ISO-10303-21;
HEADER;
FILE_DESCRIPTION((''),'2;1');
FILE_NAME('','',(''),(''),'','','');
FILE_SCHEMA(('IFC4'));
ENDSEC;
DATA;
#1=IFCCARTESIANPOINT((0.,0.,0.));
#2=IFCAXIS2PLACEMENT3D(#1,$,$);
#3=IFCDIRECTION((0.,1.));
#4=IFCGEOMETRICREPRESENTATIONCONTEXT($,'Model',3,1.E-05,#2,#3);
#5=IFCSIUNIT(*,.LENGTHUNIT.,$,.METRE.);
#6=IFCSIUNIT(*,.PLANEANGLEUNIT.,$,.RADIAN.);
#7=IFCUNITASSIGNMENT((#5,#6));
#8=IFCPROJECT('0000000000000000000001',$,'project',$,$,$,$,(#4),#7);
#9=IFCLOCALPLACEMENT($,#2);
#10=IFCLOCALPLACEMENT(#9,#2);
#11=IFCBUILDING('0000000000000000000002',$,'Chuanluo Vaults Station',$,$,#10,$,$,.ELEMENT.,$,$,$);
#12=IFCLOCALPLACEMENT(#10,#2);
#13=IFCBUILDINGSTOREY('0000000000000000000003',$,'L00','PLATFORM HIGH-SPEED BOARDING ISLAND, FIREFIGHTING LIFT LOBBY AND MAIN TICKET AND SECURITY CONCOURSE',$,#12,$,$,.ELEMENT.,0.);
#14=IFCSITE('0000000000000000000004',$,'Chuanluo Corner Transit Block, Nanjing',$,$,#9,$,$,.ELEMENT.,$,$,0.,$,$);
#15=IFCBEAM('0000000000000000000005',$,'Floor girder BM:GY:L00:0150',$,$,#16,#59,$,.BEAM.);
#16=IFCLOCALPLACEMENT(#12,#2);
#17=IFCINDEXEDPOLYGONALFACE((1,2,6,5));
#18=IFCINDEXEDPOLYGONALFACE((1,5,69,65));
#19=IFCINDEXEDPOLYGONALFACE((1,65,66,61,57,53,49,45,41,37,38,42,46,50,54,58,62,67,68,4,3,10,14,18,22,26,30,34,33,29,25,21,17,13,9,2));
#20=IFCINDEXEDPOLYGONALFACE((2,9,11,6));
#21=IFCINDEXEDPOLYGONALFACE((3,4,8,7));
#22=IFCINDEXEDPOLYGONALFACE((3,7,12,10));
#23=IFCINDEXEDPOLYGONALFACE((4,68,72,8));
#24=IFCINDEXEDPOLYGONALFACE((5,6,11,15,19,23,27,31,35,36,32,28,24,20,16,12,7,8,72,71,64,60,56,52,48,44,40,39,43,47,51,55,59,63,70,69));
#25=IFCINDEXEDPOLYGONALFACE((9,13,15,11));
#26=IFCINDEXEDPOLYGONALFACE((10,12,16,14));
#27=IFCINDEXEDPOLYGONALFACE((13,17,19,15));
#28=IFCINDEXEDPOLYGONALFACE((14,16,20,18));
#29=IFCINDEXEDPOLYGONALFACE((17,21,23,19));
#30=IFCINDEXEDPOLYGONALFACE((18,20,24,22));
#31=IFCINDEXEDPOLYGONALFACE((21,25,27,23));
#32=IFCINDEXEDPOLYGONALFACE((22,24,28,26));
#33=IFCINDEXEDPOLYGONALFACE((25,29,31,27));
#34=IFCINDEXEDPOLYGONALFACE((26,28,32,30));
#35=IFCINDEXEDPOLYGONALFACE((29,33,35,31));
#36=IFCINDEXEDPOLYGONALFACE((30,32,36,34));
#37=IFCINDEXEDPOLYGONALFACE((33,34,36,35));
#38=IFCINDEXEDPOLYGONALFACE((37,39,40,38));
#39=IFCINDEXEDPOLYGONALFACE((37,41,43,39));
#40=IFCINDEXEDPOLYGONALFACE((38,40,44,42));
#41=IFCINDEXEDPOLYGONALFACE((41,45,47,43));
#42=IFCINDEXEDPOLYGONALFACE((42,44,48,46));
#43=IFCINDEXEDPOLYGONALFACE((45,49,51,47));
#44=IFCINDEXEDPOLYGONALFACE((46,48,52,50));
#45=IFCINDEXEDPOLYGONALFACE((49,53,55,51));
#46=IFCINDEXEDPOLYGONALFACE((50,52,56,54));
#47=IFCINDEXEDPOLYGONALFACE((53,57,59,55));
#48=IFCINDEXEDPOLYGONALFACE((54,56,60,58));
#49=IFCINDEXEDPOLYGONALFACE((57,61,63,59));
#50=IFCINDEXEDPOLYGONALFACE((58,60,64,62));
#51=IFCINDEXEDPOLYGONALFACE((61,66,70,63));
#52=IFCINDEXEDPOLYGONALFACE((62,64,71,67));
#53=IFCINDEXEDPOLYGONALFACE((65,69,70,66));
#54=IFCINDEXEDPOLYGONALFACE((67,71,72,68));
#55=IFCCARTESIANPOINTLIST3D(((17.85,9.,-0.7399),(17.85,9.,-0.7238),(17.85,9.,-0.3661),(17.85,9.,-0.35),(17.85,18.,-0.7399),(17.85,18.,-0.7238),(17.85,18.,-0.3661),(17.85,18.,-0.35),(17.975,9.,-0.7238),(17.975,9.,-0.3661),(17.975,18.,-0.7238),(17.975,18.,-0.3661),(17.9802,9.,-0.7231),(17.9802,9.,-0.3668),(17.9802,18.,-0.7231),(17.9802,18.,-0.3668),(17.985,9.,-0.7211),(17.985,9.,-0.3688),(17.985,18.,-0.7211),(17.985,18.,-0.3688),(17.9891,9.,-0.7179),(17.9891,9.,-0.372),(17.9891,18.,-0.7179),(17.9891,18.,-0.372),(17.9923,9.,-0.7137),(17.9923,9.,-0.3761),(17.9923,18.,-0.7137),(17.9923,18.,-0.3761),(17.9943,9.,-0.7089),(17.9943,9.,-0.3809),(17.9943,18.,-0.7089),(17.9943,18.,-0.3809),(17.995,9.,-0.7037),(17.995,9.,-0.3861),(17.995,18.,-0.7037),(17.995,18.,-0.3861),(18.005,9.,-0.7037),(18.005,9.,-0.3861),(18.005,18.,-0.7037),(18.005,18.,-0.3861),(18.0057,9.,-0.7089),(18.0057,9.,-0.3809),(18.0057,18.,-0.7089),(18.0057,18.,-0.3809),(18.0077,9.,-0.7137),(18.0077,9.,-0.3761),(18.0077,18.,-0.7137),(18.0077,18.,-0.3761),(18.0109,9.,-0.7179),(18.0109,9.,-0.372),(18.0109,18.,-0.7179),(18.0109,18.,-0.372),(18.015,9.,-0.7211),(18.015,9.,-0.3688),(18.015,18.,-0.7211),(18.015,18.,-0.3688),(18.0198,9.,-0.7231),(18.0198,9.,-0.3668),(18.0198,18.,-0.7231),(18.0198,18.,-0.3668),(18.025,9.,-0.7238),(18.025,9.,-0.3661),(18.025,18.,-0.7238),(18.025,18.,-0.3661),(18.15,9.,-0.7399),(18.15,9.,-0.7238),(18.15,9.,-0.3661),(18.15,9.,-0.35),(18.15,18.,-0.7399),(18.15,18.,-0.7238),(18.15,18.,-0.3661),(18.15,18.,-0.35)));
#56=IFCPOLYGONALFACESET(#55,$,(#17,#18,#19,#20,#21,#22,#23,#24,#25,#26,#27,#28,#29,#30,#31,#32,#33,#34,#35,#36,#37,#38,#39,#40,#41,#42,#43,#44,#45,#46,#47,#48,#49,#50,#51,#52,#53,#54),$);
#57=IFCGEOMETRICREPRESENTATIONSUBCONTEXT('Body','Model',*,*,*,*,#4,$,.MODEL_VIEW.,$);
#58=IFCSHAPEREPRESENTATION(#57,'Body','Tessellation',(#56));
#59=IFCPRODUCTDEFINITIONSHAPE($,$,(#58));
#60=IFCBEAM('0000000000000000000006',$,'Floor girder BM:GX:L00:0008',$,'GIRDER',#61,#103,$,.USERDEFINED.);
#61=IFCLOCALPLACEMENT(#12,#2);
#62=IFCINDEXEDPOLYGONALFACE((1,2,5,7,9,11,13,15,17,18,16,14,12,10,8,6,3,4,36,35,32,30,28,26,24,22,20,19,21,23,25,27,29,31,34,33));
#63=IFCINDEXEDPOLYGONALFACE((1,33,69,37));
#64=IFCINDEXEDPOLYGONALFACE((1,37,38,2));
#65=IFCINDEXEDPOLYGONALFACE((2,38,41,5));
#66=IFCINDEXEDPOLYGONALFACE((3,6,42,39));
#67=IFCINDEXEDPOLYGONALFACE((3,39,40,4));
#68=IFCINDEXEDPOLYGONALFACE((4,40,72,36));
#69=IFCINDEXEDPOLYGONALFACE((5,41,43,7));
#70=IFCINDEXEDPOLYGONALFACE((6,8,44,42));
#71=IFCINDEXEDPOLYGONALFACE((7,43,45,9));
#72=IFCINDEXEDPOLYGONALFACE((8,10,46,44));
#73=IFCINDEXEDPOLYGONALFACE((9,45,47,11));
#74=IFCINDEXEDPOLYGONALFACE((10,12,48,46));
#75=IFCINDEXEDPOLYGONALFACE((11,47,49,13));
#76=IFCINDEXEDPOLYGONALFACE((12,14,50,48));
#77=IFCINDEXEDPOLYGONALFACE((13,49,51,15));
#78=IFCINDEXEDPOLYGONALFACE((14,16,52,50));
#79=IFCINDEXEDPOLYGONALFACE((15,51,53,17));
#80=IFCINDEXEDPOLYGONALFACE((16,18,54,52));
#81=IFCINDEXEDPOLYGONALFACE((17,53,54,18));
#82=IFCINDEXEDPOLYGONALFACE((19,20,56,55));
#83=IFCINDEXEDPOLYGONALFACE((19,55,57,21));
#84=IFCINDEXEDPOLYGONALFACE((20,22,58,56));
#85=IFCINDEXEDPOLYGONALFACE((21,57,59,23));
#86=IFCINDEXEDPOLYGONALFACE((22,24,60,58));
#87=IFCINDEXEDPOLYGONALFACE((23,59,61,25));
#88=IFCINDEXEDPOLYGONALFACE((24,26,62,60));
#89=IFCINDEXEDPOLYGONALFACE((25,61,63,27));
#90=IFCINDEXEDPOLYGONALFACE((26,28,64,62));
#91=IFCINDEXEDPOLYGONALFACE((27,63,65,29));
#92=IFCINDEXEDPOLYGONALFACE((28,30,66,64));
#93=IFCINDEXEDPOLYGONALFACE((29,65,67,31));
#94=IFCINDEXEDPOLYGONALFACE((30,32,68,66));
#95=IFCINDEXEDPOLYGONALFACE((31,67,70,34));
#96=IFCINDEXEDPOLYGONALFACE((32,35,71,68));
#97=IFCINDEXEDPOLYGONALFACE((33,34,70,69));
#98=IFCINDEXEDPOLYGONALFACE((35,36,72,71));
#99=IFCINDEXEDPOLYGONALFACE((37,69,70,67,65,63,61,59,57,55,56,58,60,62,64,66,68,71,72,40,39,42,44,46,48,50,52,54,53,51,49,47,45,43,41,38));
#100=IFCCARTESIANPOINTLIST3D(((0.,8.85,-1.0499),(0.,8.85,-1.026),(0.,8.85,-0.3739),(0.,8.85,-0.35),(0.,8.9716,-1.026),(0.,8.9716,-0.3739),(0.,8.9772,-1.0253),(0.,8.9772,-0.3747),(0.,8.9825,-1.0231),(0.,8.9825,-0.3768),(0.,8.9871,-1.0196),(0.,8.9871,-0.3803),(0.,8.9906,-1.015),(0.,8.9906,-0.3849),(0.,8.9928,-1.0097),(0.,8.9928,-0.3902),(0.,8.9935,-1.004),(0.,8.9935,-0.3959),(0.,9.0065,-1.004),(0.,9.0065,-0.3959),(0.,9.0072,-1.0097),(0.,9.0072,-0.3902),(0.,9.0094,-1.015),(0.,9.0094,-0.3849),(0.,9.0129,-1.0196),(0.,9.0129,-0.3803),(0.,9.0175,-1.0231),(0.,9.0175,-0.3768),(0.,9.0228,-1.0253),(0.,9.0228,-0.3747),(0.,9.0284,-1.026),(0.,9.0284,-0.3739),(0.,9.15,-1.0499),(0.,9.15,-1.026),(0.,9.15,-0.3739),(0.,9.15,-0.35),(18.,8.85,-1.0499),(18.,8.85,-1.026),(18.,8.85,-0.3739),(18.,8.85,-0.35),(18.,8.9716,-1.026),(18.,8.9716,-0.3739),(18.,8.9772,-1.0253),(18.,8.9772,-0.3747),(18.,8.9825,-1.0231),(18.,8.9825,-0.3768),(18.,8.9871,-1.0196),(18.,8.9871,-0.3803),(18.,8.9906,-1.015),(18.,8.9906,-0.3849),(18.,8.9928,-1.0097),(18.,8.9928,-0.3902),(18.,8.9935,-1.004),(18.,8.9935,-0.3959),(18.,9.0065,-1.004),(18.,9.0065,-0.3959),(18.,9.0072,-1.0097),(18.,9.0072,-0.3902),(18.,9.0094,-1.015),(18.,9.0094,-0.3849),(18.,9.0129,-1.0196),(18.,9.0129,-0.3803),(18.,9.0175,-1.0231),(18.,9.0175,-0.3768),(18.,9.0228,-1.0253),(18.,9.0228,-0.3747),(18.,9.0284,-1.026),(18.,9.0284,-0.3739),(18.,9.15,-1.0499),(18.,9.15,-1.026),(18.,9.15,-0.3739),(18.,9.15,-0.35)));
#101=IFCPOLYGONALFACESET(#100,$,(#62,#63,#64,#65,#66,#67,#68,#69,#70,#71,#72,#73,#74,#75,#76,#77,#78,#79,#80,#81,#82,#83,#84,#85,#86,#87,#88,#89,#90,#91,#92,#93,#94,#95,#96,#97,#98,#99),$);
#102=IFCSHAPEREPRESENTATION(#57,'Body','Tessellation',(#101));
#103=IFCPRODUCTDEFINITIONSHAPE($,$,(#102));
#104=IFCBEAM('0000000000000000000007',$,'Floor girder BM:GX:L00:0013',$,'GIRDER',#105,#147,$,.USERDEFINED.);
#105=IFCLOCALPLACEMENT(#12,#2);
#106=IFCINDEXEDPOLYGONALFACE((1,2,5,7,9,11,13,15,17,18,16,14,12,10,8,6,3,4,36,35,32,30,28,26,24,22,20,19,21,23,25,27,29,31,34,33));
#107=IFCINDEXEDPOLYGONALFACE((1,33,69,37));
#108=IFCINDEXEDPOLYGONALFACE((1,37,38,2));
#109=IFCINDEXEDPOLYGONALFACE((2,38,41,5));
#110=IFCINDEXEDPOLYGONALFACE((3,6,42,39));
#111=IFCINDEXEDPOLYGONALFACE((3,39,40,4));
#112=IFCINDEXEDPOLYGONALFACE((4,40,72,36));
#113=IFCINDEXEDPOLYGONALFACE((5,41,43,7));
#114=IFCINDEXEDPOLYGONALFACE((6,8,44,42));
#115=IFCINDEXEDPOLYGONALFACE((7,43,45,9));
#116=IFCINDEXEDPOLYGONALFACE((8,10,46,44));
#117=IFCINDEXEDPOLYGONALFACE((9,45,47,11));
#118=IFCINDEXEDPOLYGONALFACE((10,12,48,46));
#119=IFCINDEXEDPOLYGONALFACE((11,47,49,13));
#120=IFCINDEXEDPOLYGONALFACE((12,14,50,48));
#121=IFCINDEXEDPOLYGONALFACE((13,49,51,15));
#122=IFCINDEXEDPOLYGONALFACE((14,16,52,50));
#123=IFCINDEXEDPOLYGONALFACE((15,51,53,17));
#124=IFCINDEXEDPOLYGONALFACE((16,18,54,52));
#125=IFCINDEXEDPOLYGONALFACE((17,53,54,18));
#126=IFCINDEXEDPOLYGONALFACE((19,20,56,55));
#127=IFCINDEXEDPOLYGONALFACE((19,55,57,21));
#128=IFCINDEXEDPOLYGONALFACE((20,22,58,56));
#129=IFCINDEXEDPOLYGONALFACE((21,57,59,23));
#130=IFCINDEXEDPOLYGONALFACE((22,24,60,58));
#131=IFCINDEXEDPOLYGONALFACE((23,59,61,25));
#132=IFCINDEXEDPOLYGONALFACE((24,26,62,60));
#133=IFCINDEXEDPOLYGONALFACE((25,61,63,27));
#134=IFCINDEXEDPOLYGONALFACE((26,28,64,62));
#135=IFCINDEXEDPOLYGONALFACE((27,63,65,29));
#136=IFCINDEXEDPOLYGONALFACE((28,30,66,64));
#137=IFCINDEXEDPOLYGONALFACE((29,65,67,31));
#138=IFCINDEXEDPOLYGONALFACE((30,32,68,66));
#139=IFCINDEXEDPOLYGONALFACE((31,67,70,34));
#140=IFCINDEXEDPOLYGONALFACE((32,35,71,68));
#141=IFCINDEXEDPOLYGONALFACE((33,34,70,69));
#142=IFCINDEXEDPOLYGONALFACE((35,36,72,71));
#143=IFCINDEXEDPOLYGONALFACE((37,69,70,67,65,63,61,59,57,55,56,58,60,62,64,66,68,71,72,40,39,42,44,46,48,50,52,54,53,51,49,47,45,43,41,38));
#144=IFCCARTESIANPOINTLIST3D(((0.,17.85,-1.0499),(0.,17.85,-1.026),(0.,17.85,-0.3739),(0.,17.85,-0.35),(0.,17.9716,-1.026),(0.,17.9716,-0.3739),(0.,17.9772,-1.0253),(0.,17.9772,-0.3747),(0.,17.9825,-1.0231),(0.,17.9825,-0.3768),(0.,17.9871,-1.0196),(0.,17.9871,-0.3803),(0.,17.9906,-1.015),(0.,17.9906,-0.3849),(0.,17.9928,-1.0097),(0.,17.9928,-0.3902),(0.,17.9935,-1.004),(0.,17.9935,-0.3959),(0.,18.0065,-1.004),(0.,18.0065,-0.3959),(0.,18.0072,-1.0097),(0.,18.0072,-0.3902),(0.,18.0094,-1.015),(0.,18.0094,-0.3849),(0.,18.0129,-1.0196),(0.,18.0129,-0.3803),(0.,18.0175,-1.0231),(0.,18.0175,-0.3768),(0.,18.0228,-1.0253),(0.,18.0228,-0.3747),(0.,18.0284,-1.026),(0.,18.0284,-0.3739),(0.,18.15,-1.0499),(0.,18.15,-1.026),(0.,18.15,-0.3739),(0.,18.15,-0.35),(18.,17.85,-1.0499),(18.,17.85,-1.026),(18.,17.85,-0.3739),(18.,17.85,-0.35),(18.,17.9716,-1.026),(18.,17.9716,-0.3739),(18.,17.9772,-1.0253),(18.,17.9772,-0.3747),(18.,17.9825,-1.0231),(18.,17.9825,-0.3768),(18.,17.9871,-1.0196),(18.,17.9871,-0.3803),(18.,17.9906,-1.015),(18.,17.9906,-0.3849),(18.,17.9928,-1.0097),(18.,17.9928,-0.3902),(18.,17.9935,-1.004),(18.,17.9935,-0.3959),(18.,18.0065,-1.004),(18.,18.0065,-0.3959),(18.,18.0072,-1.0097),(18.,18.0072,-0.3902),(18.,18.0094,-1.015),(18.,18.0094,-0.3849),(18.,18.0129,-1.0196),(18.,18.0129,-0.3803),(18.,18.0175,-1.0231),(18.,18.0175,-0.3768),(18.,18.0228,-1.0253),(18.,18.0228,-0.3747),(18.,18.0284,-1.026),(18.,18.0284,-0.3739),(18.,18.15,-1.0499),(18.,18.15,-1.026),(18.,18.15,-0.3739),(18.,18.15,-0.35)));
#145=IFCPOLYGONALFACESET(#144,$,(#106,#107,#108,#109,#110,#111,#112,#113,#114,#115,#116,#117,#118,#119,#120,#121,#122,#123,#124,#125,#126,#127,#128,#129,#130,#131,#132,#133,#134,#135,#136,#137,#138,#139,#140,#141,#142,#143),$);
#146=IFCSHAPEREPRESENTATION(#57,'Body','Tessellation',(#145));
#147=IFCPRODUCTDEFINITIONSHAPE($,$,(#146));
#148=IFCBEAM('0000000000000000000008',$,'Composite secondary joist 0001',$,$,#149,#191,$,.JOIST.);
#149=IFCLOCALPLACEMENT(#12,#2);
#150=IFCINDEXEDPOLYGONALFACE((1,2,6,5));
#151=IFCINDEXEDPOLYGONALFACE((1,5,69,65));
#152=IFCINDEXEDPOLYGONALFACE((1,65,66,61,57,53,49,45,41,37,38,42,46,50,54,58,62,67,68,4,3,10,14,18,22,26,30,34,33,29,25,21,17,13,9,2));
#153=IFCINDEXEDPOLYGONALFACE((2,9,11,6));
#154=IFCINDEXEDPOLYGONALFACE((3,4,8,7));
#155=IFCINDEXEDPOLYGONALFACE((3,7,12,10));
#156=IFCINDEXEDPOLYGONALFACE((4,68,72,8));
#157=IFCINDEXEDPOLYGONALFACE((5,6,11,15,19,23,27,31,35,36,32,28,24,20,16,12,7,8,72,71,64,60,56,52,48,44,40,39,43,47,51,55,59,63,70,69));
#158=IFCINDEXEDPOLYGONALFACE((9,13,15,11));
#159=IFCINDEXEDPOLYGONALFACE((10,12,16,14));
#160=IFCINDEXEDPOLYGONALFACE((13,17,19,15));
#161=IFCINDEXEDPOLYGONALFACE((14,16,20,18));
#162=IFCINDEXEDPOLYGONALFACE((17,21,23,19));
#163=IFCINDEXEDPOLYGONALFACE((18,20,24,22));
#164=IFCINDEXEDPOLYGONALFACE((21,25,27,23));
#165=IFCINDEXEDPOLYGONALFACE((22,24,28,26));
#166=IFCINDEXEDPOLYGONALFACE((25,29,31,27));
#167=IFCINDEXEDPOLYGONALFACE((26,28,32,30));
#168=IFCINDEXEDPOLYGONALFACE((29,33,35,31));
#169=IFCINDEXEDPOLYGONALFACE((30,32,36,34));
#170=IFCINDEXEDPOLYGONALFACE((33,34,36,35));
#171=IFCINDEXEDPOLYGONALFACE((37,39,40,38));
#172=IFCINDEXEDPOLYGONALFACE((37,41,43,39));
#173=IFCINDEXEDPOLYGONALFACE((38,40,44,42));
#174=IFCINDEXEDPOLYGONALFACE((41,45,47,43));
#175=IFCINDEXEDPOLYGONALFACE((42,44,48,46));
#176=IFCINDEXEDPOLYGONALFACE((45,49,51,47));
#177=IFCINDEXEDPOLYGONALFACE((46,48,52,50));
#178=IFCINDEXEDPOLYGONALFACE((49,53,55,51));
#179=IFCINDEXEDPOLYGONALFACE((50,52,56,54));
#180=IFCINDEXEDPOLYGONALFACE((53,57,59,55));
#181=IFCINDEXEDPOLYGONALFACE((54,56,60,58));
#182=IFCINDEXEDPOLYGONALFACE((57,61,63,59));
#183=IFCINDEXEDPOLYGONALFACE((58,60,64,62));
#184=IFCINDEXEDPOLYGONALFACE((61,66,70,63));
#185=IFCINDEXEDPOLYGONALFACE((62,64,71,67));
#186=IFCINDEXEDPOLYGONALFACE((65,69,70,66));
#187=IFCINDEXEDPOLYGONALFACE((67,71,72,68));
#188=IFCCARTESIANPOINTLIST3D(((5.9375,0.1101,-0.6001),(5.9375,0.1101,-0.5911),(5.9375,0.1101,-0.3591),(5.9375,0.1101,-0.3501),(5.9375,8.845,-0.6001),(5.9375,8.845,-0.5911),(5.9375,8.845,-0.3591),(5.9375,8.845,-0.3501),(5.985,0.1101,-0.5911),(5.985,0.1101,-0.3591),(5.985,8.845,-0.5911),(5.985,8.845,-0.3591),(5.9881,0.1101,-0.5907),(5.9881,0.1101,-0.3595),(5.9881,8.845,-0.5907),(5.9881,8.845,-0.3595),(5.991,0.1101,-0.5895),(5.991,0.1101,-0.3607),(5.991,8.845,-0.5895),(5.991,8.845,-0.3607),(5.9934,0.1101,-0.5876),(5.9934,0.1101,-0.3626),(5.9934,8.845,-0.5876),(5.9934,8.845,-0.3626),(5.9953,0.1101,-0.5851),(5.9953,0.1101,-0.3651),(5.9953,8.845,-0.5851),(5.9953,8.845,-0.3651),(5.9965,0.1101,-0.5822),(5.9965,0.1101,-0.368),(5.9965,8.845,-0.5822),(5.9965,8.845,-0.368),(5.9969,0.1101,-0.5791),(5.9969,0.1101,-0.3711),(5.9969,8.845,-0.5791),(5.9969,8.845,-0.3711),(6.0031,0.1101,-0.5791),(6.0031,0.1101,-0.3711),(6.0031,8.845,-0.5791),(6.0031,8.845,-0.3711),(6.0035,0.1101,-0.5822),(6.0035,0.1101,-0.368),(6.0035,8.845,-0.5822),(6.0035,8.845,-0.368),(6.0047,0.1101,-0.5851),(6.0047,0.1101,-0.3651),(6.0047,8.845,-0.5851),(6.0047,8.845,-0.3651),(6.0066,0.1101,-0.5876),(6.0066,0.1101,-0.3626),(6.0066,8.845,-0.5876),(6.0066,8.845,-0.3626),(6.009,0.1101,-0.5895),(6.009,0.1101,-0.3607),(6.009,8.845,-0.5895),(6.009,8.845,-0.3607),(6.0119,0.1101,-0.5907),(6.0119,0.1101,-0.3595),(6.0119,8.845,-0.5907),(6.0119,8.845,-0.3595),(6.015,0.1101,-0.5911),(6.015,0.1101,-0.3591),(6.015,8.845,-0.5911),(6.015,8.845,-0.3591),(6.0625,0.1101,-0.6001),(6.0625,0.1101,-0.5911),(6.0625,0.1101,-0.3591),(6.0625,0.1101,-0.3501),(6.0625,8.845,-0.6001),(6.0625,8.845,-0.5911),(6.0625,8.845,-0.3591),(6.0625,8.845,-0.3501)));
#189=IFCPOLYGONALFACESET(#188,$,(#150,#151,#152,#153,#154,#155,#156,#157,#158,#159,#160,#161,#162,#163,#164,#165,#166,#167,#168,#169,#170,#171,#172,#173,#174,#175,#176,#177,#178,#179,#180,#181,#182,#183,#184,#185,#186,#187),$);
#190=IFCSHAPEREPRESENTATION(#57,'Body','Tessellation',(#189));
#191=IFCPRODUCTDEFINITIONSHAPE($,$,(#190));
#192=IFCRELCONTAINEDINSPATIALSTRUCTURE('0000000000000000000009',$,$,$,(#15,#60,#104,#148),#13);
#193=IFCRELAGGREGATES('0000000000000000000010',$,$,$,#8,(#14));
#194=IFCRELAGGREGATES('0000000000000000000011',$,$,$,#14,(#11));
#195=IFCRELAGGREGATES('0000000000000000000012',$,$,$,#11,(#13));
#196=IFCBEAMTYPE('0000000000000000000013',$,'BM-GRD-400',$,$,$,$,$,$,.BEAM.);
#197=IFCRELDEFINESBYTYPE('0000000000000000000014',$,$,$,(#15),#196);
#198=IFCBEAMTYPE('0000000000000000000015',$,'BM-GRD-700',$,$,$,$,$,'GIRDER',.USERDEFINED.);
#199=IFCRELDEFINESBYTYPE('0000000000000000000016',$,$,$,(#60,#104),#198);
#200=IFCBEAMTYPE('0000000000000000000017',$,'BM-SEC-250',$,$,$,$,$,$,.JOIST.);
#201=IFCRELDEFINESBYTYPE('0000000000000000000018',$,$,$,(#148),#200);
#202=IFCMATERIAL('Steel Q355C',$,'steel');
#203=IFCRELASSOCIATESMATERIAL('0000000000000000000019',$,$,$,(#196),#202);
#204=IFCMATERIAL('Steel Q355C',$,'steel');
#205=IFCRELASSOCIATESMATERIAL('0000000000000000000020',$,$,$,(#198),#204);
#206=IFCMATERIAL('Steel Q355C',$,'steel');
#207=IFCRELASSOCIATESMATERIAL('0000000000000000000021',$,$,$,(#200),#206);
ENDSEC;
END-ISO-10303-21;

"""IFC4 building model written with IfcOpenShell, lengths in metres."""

from ifc_helpers import new_model, si_unit, direction, frame, origin, origin_2d, place, context, subcontext, project, spatial, i_section, extrude, material, material_profile, profile_set, type_object, element, save


model = new_model("IFC4")

# Units and contexts
model_context = context("Model", 3, precision=1e-05, world=origin(), true_north=direction((0.0, 1.0)))
body_context = subcontext(model_context, "Body", "Model", "MODEL_VIEW")
ifc_project = project(units=[si_unit("LENGTHUNIT", "METRE"), si_unit("PLANEANGLEUNIT", "RADIAN")], contexts=[model_context])

# Site, building, storey
site_placement = place(None, origin())
site = spatial("IfcSite", under=ifc_project, at=site_placement, Name="Chuanluo Corner Transit Block, Nanjing", CompositionType="ELEMENT", RefElevation=0.0)
building_placement = place(site_placement, origin())
building = spatial("IfcBuilding", under=site, at=building_placement, Name="Chuanluo Vaults Station", CompositionType="ELEMENT")
storey_placement = place(building_placement, origin())
storey = spatial("IfcBuildingStorey", under=building, at=storey_placement, Name="L00", Description="PLATFORM HIGH-SPEED BOARDING ISLAND, FIREFIGHTING LIFT LOBBY AND MAIN TICKET AND SECURITY CONCOURSE", CompositionType="ELEMENT", Elevation=0.0)

# Beams
ifc_material_1 = material(Name="Steel Q355C", Category="steel")
ifc_material_profile_1 = material_profile(ifc_material_1, i_section(OverallWidth=0.3, OverallDepth=0.3899, WebThickness=0.01, FlangeThickness=0.0161, FilletRadius=0.02, at=origin_2d()))
ifc_profile_set_1 = profile_set([ifc_material_profile_1], Name="Steel Q355C")
beam_type_1 = type_object("IfcBeamType", Name="BM-GRD-400", PredefinedType="BEAM", material=ifc_profile_set_1)
for number, where, z_axis, x_axis, name in (
    (1, (18.0, 9.0, -0.5449), (0.0, 1.0, 0.0), (-1.0, 0.0, 0.0), "Floor girder BM:GY:L00:0150"),
):
    element("IfcBeam", number, at=place(storey_placement, frame(where, z_axis=z_axis, x_axis=x_axis)), inside=storey, type_object=beam_type_1, Name=name, PredefinedType="BEAM", context=body_context, shape_type="SweptSolid", body=[
        extrude(i_section(OverallWidth=0.3, OverallDepth=0.3899, WebThickness=0.01, FlangeThickness=0.0161, FilletRadius=0.02, at=origin_2d()), origin(), (0.0, 0.0, 1.0), 9.0),
    ])
ifc_material_2 = material(Name="Steel Q355C", Category="steel")
ifc_material_profile_2 = material_profile(ifc_material_2, i_section(OverallWidth=0.3, OverallDepth=0.7, WebThickness=0.0129, FlangeThickness=0.0239, FilletRadius=0.022, at=origin_2d()))
ifc_profile_set_2 = profile_set([ifc_material_profile_2], Name="Steel Q355C")
beam_type_2 = type_object("IfcBeamType", Name="BM-GRD-700", ElementType="GIRDER", PredefinedType="USERDEFINED", material=ifc_profile_set_2)
for number, where, z_axis, x_axis, name in (
    (2, (0.0, 9.0, -0.7), (1.0, 0.0, 0.0), (0.0, 1.0, 0.0), "Floor girder BM:GX:L00:0008"),
    (3, (0.0, 18.0, -0.7), (1.0, 0.0, 0.0), (0.0, 1.0, 0.0), "Floor girder BM:GX:L00:0013"),
):
    element("IfcBeam", number, at=place(storey_placement, frame(where, z_axis=z_axis, x_axis=x_axis)), inside=storey, type_object=beam_type_2, Name=name, ObjectType="GIRDER", PredefinedType="USERDEFINED", context=body_context, shape_type="SweptSolid", body=[
        extrude(i_section(OverallWidth=0.3, OverallDepth=0.7, WebThickness=0.0129, FlangeThickness=0.0239, FilletRadius=0.022, at=origin_2d()), origin(), (0.0, 0.0, 1.0), 18.0),
    ])
ifc_material_3 = material(Name="Steel Q355C", Category="steel")
ifc_material_profile_3 = material_profile(ifc_material_3, i_section(OverallWidth=0.125, OverallDepth=0.25, WebThickness=0.0061, FlangeThickness=0.009, FilletRadius=0.012, at=origin_2d()))
ifc_profile_set_3 = profile_set([ifc_material_profile_3], Name="Steel Q355C")
beam_type_3 = type_object("IfcBeamType", Name="BM-SEC-250", PredefinedType="JOIST", material=ifc_profile_set_3)
for number, where, z_axis, x_axis, name in (
    (4, (6.0, 0.1101, -0.4751), (0.0, 1.0, 0.0), (-1.0, 0.0, 0.0), "Composite secondary joist 0001"),
):
    element("IfcBeam", number, at=place(storey_placement, frame(where, z_axis=z_axis, x_axis=x_axis)), inside=storey, type_object=beam_type_3, Name=name, PredefinedType="JOIST", context=body_context, shape_type="SweptSolid", body=[
        extrude(i_section(OverallWidth=0.125, OverallDepth=0.25, WebThickness=0.0061, FlangeThickness=0.009, FilletRadius=0.012, at=origin_2d()), origin(), (0.0, 0.0, 1.0), 8.7349),
    ])

save(model, "model.ifc")
